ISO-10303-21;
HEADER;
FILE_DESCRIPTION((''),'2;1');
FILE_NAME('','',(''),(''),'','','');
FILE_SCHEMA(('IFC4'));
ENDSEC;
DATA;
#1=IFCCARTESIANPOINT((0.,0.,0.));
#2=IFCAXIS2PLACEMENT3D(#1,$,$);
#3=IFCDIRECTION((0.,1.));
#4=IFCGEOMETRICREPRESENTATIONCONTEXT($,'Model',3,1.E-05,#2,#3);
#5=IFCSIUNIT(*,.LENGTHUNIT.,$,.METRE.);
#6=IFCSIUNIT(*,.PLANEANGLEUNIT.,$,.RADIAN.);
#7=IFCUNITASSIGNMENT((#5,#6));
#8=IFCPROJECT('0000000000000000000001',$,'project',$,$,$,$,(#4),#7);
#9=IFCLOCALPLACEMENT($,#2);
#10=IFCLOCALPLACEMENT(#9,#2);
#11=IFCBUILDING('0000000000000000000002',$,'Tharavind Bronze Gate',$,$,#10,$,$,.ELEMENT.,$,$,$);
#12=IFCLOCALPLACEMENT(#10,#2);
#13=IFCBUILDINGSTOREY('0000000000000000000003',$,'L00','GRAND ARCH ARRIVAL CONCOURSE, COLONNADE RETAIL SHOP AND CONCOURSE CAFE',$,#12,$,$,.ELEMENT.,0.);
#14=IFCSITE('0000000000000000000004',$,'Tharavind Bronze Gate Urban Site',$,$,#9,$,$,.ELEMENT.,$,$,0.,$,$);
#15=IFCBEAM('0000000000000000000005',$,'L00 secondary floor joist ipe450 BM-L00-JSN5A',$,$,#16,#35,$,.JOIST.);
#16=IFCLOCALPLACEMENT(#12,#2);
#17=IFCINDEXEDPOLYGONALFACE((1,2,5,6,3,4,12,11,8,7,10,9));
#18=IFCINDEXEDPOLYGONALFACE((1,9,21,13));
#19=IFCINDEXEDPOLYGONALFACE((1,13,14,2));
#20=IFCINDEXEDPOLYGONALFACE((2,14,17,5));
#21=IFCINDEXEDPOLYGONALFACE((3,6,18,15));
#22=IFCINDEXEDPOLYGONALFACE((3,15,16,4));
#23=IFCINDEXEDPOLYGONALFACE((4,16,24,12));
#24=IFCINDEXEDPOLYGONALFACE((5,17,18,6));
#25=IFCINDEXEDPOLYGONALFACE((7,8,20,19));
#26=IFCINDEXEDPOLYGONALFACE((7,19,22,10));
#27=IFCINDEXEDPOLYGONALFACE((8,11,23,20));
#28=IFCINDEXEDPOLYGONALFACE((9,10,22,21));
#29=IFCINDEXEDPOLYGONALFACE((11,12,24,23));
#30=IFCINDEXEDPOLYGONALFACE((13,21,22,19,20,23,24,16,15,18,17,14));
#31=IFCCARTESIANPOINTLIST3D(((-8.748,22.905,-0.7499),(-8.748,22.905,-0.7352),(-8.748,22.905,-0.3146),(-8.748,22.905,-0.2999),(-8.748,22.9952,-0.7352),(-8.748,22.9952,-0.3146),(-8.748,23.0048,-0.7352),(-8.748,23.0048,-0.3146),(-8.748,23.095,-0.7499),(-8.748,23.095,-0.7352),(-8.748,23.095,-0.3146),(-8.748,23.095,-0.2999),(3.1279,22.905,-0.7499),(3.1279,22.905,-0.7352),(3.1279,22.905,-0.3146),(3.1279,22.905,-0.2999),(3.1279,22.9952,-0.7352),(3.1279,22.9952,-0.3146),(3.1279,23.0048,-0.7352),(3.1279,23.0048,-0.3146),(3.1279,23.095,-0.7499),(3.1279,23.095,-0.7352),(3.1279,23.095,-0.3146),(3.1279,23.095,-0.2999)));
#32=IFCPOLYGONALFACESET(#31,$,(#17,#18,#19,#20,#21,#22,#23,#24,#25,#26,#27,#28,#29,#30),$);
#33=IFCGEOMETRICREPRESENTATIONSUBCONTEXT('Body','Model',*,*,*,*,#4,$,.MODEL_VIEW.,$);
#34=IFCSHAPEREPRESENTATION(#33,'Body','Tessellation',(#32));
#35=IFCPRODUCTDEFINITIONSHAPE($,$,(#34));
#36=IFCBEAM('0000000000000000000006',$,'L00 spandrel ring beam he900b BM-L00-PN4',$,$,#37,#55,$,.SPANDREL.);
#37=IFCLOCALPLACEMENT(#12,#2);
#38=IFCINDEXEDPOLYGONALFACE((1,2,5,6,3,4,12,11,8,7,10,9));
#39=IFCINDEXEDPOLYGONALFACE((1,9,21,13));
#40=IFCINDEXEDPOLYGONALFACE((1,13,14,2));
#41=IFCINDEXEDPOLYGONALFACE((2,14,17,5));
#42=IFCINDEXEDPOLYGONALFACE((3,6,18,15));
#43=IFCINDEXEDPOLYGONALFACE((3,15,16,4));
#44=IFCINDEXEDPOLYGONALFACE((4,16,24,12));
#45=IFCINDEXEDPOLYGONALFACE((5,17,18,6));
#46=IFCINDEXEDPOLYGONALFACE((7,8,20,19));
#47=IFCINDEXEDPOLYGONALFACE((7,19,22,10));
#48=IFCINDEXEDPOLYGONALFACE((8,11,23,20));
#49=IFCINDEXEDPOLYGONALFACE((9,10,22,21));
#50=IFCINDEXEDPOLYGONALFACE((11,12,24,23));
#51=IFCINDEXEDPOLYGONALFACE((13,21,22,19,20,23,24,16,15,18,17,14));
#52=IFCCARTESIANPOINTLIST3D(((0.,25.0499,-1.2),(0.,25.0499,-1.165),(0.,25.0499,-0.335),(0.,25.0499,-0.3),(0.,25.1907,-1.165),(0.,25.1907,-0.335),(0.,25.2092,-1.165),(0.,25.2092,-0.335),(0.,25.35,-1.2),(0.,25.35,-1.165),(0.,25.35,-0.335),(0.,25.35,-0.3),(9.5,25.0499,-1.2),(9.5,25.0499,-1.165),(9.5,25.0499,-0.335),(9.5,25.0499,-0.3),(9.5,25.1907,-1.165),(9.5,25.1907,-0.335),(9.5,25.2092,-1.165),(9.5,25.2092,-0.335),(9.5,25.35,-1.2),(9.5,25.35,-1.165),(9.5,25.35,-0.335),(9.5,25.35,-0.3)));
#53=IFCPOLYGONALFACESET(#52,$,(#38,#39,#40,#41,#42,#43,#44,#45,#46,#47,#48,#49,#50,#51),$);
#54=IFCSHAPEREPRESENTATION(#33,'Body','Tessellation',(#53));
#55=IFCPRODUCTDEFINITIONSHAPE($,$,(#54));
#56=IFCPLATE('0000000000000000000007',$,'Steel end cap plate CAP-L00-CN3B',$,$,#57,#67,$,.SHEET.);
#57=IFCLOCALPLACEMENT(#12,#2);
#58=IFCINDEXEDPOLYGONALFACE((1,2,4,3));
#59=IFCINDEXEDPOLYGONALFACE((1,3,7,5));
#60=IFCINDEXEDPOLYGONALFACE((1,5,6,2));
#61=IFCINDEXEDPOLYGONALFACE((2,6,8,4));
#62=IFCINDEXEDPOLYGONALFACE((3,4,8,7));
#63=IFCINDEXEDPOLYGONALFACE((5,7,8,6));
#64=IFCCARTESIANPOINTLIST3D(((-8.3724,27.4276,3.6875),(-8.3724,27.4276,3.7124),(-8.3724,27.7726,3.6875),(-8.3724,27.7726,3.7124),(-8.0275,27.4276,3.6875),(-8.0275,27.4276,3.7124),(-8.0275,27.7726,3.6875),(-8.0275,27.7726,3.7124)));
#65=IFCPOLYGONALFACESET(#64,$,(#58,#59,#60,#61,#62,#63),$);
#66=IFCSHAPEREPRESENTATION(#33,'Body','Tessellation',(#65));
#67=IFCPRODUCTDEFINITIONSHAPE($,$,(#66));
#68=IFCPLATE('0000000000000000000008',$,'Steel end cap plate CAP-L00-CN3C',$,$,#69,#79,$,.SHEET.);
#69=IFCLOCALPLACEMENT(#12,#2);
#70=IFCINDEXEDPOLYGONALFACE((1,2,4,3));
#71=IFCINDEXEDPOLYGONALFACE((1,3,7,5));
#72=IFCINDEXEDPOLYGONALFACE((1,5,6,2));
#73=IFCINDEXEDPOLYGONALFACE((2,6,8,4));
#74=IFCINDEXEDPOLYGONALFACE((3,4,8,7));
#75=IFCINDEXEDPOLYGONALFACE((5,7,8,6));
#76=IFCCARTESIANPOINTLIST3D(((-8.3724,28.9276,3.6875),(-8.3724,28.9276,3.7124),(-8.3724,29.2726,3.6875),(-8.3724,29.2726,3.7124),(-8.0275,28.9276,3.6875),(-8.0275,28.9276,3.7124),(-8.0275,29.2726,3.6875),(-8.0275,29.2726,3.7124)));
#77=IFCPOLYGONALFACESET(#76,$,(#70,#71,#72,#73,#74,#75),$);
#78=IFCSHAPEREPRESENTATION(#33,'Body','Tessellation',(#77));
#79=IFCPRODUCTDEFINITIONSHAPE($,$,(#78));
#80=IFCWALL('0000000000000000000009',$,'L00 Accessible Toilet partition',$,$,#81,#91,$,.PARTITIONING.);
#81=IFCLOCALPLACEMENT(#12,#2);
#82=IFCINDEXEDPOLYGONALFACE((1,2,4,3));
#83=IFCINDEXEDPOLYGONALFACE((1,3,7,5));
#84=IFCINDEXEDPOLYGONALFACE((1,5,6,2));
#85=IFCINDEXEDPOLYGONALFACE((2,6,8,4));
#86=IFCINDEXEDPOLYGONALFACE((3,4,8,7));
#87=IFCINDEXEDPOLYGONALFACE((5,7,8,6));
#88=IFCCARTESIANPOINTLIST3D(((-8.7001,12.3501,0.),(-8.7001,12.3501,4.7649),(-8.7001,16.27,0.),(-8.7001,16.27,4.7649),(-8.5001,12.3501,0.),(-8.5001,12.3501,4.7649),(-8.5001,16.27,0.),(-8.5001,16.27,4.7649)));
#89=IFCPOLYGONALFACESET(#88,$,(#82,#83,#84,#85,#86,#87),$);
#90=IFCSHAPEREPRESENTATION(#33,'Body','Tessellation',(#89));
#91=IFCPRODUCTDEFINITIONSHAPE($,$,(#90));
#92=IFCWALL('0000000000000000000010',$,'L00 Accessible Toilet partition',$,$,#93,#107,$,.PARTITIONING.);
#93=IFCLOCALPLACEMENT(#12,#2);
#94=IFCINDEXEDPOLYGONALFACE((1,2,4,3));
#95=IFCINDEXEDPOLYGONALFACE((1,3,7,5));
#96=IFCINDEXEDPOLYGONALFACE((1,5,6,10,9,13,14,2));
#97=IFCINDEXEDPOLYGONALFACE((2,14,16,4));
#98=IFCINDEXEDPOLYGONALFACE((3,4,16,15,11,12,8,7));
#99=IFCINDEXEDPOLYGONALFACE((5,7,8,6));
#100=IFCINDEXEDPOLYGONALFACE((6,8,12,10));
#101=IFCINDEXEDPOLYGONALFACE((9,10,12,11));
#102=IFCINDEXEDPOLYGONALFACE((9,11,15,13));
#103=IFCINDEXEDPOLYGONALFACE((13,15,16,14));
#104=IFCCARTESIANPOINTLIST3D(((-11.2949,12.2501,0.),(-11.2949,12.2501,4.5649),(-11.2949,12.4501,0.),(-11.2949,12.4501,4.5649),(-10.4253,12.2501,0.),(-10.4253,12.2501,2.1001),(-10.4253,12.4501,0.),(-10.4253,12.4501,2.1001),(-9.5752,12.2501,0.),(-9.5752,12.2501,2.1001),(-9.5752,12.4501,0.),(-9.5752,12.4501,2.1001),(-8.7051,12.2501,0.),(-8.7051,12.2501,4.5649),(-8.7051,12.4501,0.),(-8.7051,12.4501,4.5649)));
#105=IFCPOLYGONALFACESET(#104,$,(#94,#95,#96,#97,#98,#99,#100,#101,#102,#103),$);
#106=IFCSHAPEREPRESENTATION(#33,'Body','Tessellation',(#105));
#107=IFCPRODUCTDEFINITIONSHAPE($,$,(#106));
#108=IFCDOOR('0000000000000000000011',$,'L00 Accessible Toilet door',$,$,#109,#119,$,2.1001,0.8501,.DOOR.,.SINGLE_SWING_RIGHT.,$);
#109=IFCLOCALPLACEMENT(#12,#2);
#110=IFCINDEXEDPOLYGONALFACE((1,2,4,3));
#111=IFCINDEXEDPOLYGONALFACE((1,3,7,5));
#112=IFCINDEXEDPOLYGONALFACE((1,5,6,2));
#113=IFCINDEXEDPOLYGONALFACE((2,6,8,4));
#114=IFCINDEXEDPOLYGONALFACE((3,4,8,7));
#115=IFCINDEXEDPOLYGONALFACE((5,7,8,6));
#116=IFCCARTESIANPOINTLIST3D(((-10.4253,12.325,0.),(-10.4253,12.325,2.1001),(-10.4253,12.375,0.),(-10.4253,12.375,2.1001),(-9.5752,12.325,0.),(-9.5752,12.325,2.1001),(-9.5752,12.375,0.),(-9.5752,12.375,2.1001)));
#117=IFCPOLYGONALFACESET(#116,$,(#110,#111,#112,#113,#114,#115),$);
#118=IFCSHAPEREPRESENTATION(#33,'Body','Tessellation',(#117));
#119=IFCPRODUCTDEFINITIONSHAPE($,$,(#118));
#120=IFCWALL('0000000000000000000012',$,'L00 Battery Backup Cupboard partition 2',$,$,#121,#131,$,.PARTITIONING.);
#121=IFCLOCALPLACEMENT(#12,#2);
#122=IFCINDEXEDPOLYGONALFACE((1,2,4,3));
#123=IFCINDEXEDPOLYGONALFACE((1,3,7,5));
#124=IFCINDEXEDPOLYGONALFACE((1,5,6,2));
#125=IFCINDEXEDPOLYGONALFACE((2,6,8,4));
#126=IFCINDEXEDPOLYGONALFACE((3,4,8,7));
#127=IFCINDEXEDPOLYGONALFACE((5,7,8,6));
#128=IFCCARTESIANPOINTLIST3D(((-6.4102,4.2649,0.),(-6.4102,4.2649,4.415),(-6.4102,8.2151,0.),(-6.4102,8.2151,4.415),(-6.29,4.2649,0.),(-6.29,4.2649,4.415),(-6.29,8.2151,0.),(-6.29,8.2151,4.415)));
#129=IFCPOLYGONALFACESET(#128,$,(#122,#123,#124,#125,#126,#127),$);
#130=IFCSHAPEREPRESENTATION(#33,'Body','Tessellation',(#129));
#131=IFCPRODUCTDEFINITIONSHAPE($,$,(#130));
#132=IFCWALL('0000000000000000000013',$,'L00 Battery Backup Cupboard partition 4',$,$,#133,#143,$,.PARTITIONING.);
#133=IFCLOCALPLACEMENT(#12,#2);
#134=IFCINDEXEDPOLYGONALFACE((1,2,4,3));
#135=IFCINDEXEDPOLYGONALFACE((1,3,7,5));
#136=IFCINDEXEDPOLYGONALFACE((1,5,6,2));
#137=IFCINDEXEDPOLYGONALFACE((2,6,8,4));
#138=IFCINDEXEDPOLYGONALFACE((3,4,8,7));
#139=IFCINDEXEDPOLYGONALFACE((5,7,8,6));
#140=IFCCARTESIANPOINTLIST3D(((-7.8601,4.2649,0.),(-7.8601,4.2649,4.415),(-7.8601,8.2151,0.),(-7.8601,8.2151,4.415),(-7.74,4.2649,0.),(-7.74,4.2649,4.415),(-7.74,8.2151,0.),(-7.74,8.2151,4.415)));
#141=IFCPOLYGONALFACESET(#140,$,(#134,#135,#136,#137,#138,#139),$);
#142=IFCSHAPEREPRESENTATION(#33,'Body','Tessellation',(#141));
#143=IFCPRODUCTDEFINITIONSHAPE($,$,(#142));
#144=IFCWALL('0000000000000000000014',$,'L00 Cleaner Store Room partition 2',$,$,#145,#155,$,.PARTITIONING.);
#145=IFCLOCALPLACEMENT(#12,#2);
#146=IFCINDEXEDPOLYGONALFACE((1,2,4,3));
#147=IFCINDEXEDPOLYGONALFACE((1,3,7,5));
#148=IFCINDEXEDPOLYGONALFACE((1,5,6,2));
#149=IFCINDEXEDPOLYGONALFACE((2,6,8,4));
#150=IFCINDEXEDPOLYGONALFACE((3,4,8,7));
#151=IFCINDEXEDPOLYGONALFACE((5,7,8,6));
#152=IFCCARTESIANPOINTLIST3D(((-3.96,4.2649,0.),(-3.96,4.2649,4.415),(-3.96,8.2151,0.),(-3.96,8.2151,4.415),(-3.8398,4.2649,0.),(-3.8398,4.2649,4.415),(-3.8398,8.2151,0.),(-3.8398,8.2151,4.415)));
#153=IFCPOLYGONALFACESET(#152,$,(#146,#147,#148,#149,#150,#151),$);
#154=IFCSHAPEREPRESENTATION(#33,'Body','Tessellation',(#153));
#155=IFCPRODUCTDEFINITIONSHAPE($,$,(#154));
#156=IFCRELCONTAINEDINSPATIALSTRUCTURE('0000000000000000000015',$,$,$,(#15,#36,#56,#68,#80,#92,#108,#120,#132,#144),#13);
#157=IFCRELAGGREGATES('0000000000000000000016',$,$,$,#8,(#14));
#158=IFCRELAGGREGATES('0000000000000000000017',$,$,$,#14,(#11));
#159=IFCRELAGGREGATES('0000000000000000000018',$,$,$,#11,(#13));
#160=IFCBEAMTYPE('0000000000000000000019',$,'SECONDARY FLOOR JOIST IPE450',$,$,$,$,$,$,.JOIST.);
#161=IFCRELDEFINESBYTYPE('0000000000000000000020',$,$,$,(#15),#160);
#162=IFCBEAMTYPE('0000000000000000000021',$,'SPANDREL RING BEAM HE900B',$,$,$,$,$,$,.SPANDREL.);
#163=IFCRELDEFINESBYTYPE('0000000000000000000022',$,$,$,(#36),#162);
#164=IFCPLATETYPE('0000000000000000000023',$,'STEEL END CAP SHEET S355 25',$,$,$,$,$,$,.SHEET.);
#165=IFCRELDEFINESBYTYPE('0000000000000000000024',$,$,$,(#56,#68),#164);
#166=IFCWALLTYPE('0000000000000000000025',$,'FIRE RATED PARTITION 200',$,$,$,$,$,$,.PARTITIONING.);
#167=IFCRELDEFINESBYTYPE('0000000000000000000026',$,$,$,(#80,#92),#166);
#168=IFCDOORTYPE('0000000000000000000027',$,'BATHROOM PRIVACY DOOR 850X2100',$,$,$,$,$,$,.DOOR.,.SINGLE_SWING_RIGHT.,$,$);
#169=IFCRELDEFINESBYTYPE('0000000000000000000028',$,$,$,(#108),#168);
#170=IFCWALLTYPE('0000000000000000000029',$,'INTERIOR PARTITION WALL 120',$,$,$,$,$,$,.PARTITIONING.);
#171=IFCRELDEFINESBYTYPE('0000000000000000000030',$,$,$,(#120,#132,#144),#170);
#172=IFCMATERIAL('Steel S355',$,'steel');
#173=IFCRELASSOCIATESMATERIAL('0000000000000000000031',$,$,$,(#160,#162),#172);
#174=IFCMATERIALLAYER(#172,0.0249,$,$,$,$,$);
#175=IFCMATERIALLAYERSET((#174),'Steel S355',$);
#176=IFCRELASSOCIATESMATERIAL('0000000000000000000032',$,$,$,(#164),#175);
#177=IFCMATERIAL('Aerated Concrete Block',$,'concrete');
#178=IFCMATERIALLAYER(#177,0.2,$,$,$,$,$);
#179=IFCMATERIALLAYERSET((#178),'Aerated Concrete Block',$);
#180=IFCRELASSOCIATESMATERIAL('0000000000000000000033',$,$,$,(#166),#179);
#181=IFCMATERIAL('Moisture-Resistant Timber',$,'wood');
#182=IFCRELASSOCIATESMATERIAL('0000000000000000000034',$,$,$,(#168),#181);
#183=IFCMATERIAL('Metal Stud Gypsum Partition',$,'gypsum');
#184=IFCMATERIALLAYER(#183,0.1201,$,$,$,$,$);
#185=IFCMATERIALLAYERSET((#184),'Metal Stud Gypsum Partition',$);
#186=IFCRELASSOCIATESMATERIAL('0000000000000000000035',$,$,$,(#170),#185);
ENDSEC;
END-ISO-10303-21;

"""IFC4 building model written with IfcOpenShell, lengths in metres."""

from ifc_helpers import new_model, si_unit, direction, frame, frame_2d, origin, origin_2d, place, context, subcontext, project, spatial, rectangle, i_section, extrude, material, layer, layer_set, material_profile, profile_set, type_object, element, fill, save


model = new_model("IFC4")

# Units and contexts
model_context = context("Model", 3, precision=1e-05, world=origin(), true_north=direction((0.0, 1.0)))
body_context = subcontext(model_context, "Body", "Model", "MODEL_VIEW")
ifc_project = project(units=[si_unit("LENGTHUNIT", "METRE"), si_unit("PLANEANGLEUNIT", "RADIAN")], contexts=[model_context])

# Site, building, storey
site_placement = place(None, origin())
site = spatial("IfcSite", under=ifc_project, at=site_placement, Name="Tharavind Bronze Gate Urban Site", CompositionType="ELEMENT", RefElevation=0.0)
building_placement = place(site_placement, origin())
building = spatial("IfcBuilding", under=site, at=building_placement, Name="Tharavind Bronze Gate", CompositionType="ELEMENT")
storey_placement = place(building_placement, origin())
storey = spatial("IfcBuildingStorey", under=building, at=storey_placement, Name="L00", Description="GRAND ARCH ARRIVAL CONCOURSE, COLONNADE RETAIL SHOP AND CONCOURSE CAFE", CompositionType="ELEMENT", Elevation=0.0)

# Beams
ifc_material_1 = material(Name="Steel S355", Category="steel")
ifc_material_profile_1 = material_profile(ifc_material_1, i_section(OverallWidth=0.1899, OverallDepth=0.45, WebThickness=0.0095, FlangeThickness=0.0146, at=origin_2d()), Name="IPE450")
ifc_profile_set_1 = profile_set([ifc_material_profile_1], Name="Steel S355")
beam_type_1 = type_object("IfcBeamType", Name="SECONDARY FLOOR JOIST IPE450", PredefinedType="JOIST", material=ifc_profile_set_1)
for number, where, z_axis, x_axis, name in (
    (1, (-8.748, 23.0, -0.5249), (1.0, 0.0, 0.0), (0.0, 1.0, 0.0), "L00 secondary floor joist ipe450 BM-L00-JSN5A"),
):
    element("IfcBeam", number, at=place(storey_placement, frame(where, z_axis=z_axis, x_axis=x_axis)), inside=storey, type_object=beam_type_1, Name=name, PredefinedType="JOIST", context=body_context, shape_type="SweptSolid", body=[
        extrude(i_section(OverallWidth=0.1899, OverallDepth=0.45, WebThickness=0.0095, FlangeThickness=0.0146, at=origin_2d()), origin(), (0.0, 0.0, 1.0), 11.876),
    ])
ifc_material_profile_2 = material_profile(ifc_material_1, i_section(OverallWidth=0.3, OverallDepth=0.8999, WebThickness=0.0186, FlangeThickness=0.0349, at=origin_2d()), Name="HE900B")
ifc_profile_set_2 = profile_set([ifc_material_profile_2], Name="Steel S355")
beam_type_2 = type_object("IfcBeamType", Name="SPANDREL RING BEAM HE900B", PredefinedType="SPANDREL", material=ifc_profile_set_2)
beam_1_placement = place(storey_placement, frame((0.0, 25.2, -0.75), z_axis=(1.0, 0.0, 0.0), x_axis=(0.0, 1.0, 0.0)))
element("IfcBeam", 2, at=beam_1_placement, inside=storey, type_object=beam_type_2, Name="L00 spandrel ring beam he900b BM-L00-PN4", PredefinedType="SPANDREL", context=body_context, shape_type="SweptSolid", body=[
    extrude(i_section(OverallWidth=0.3, OverallDepth=0.8999, WebThickness=0.0186, FlangeThickness=0.0349, at=origin_2d()), origin(), (0.0, 0.0, 1.0), 9.5),
])

# Plates
ifc_layer_1 = layer(ifc_material_1, 0.0249)
ifc_layer_set_1 = layer_set([ifc_layer_1], Name="Steel S355")
plate_type = type_object("IfcPlateType", Name="STEEL END CAP SHEET S355 25", PredefinedType="SHEET", material=ifc_layer_set_1)
for number, where, z_axis, x_axis, name in (
    (3, (-8.2, 27.6001, 3.6875), (0.0, 0.0, 1.0), (1.0, 0.0, 0.0), "Steel end cap plate CAP-L00-CN3B"),
    (4, (-8.2, 29.1001, 3.6875), (0.0, 0.0, 1.0), (1.0, 0.0, 0.0), "Steel end cap plate CAP-L00-CN3C"),
):
    element("IfcPlate", number, at=place(storey_placement, frame(where, z_axis=z_axis, x_axis=x_axis)), inside=storey, type_object=plate_type, Name=name, PredefinedType="SHEET", context=body_context, shape_type="SweptSolid", body=[
        extrude(rectangle(XDim=0.345, YDim=0.345, at=origin_2d()), origin(), (0.0, 0.0, 1.0), 0.0249),
    ])

# Wall
ifc_material_2 = material(Name="Aerated Concrete Block", Category="concrete")
ifc_layer_2 = layer(ifc_material_2, 0.2)
ifc_layer_set_2 = layer_set([ifc_layer_2], Name="Aerated Concrete Block")
wall_type_1 = type_object("IfcWallType", Name="FIRE RATED PARTITION 200", PredefinedType="PARTITIONING", material=ifc_layer_set_2)
wall_1_placement = place(storey_placement, frame((-8.6001, 16.27, 0.0), z_axis=(0.0, 0.0, 1.0), x_axis=(0.0, -1.0, 0.0)))
element("IfcWall", 5, at=wall_1_placement, inside=storey, type_object=wall_type_1, Name="L00 Accessible Toilet partition", PredefinedType="PARTITIONING", context=body_context, shape_type="SweptSolid", body=[
    extrude(rectangle(XDim=3.9199, YDim=0.2, at=frame_2d((1.96, 0.0))), origin(), (0.0, 0.0, 1.0), 4.7649),
])

# Wall, opening, door
wall_2_placement = place(storey_placement, frame((-8.7051, 12.3501, 0.0), z_axis=(0.0, 0.0, 1.0), x_axis=(-1.0, 0.0, 0.0)))
wall_2 = element("IfcWall", 6, at=wall_2_placement, inside=storey, type_object=wall_type_1, Name="L00 Accessible Toilet partition", PredefinedType="PARTITIONING", context=body_context, shape_type="SweptSolid", body=[
    extrude(rectangle(XDim=2.5898, YDim=0.2, at=frame_2d((1.2949, 0.0))), origin(), (0.0, 0.0, 1.0), 4.5649),
])
opening_1_placement = place(wall_2_placement, frame((0.8701, 0.0, 0.0)))
opening_1 = element("IfcOpeningElement", 7, at=opening_1_placement, cuts=wall_2, PredefinedType="OPENING", context=body_context, shape_type="SweptSolid", body=[
    extrude(rectangle(XDim=0.8501, YDim=2.1001, at=frame_2d((0.425, 1.05))), frame((0.0, 0.1101, 0.0), z_axis=(0.0, -1.0, 0.0), x_axis=(1.0, 0.0, 0.0)), (0.0, 0.0, 1.0), 0.22),
])
ifc_material_3 = material(Name="Moisture-Resistant Timber", Category="wood")
door_type_1 = type_object("IfcDoorType", Name="BATHROOM PRIVACY DOOR 850X2100", OperationType="SINGLE_SWING_RIGHT", PredefinedType="DOOR", material=ifc_material_3)
door_1_placement = place(opening_1_placement, frame((0.8501, 0.0, 0.0), z_axis=(0.0, 0.0, 1.0), x_axis=(-1.0, 0.0, 0.0)))
door_1 = element("IfcDoor", 8, at=door_1_placement, inside=storey, type_object=door_type_1, Name="L00 Accessible Toilet door", OperationType="SINGLE_SWING_RIGHT", OverallHeight=2.1001, OverallWidth=0.8501, PredefinedType="DOOR", context=body_context, shape_type="SweptSolid", body=[
    extrude(rectangle(XDim=0.8501, YDim=2.1001, at=frame_2d((0.425, 1.05))), frame((0.0, 0.0249, 0.0), z_axis=(0.0, -1.0, 0.0), x_axis=(1.0, 0.0, 0.0)), (0.0, 0.0, 1.0), 0.05),
])
fill(opening_1, door_1)

# Walls
ifc_material_4 = material(Name="Metal Stud Gypsum Partition", Category="gypsum")
ifc_layer_3 = layer(ifc_material_4, 0.1201)
ifc_layer_set_3 = layer_set([ifc_layer_3], Name="Metal Stud Gypsum Partition")
wall_type_2 = type_object("IfcWallType", Name="INTERIOR PARTITION WALL 120", PredefinedType="PARTITIONING", material=ifc_layer_set_3)
for number, where, z_axis, x_axis, name in (
    (9, (-6.3501, 4.2649, 0.0), (0.0, 0.0, 1.0), (0.0, 1.0, 0.0), "L00 Battery Backup Cupboard partition 2"),
    (10, (-7.8, 8.2151, 0.0), (0.0, 0.0, 1.0), (0.0, -1.0, 0.0), "L00 Battery Backup Cupboard partition 4"),
    (11, (-3.8999, 4.2649, 0.0), (0.0, 0.0, 1.0), (0.0, 1.0, 0.0), "L00 Cleaner Store Room partition 2"),
):
    element("IfcWall", number, at=place(storey_placement, frame(where, z_axis=z_axis, x_axis=x_axis)), inside=storey, type_object=wall_type_2, Name=name, PredefinedType="PARTITIONING", context=body_context, shape_type="SweptSolid", body=[
        extrude(rectangle(XDim=3.9502, YDim=0.1201, at=frame_2d((1.9751, 0.0))), origin(), (0.0, 0.0, 1.0), 4.415),
    ])

save(model, "model.ifc")
